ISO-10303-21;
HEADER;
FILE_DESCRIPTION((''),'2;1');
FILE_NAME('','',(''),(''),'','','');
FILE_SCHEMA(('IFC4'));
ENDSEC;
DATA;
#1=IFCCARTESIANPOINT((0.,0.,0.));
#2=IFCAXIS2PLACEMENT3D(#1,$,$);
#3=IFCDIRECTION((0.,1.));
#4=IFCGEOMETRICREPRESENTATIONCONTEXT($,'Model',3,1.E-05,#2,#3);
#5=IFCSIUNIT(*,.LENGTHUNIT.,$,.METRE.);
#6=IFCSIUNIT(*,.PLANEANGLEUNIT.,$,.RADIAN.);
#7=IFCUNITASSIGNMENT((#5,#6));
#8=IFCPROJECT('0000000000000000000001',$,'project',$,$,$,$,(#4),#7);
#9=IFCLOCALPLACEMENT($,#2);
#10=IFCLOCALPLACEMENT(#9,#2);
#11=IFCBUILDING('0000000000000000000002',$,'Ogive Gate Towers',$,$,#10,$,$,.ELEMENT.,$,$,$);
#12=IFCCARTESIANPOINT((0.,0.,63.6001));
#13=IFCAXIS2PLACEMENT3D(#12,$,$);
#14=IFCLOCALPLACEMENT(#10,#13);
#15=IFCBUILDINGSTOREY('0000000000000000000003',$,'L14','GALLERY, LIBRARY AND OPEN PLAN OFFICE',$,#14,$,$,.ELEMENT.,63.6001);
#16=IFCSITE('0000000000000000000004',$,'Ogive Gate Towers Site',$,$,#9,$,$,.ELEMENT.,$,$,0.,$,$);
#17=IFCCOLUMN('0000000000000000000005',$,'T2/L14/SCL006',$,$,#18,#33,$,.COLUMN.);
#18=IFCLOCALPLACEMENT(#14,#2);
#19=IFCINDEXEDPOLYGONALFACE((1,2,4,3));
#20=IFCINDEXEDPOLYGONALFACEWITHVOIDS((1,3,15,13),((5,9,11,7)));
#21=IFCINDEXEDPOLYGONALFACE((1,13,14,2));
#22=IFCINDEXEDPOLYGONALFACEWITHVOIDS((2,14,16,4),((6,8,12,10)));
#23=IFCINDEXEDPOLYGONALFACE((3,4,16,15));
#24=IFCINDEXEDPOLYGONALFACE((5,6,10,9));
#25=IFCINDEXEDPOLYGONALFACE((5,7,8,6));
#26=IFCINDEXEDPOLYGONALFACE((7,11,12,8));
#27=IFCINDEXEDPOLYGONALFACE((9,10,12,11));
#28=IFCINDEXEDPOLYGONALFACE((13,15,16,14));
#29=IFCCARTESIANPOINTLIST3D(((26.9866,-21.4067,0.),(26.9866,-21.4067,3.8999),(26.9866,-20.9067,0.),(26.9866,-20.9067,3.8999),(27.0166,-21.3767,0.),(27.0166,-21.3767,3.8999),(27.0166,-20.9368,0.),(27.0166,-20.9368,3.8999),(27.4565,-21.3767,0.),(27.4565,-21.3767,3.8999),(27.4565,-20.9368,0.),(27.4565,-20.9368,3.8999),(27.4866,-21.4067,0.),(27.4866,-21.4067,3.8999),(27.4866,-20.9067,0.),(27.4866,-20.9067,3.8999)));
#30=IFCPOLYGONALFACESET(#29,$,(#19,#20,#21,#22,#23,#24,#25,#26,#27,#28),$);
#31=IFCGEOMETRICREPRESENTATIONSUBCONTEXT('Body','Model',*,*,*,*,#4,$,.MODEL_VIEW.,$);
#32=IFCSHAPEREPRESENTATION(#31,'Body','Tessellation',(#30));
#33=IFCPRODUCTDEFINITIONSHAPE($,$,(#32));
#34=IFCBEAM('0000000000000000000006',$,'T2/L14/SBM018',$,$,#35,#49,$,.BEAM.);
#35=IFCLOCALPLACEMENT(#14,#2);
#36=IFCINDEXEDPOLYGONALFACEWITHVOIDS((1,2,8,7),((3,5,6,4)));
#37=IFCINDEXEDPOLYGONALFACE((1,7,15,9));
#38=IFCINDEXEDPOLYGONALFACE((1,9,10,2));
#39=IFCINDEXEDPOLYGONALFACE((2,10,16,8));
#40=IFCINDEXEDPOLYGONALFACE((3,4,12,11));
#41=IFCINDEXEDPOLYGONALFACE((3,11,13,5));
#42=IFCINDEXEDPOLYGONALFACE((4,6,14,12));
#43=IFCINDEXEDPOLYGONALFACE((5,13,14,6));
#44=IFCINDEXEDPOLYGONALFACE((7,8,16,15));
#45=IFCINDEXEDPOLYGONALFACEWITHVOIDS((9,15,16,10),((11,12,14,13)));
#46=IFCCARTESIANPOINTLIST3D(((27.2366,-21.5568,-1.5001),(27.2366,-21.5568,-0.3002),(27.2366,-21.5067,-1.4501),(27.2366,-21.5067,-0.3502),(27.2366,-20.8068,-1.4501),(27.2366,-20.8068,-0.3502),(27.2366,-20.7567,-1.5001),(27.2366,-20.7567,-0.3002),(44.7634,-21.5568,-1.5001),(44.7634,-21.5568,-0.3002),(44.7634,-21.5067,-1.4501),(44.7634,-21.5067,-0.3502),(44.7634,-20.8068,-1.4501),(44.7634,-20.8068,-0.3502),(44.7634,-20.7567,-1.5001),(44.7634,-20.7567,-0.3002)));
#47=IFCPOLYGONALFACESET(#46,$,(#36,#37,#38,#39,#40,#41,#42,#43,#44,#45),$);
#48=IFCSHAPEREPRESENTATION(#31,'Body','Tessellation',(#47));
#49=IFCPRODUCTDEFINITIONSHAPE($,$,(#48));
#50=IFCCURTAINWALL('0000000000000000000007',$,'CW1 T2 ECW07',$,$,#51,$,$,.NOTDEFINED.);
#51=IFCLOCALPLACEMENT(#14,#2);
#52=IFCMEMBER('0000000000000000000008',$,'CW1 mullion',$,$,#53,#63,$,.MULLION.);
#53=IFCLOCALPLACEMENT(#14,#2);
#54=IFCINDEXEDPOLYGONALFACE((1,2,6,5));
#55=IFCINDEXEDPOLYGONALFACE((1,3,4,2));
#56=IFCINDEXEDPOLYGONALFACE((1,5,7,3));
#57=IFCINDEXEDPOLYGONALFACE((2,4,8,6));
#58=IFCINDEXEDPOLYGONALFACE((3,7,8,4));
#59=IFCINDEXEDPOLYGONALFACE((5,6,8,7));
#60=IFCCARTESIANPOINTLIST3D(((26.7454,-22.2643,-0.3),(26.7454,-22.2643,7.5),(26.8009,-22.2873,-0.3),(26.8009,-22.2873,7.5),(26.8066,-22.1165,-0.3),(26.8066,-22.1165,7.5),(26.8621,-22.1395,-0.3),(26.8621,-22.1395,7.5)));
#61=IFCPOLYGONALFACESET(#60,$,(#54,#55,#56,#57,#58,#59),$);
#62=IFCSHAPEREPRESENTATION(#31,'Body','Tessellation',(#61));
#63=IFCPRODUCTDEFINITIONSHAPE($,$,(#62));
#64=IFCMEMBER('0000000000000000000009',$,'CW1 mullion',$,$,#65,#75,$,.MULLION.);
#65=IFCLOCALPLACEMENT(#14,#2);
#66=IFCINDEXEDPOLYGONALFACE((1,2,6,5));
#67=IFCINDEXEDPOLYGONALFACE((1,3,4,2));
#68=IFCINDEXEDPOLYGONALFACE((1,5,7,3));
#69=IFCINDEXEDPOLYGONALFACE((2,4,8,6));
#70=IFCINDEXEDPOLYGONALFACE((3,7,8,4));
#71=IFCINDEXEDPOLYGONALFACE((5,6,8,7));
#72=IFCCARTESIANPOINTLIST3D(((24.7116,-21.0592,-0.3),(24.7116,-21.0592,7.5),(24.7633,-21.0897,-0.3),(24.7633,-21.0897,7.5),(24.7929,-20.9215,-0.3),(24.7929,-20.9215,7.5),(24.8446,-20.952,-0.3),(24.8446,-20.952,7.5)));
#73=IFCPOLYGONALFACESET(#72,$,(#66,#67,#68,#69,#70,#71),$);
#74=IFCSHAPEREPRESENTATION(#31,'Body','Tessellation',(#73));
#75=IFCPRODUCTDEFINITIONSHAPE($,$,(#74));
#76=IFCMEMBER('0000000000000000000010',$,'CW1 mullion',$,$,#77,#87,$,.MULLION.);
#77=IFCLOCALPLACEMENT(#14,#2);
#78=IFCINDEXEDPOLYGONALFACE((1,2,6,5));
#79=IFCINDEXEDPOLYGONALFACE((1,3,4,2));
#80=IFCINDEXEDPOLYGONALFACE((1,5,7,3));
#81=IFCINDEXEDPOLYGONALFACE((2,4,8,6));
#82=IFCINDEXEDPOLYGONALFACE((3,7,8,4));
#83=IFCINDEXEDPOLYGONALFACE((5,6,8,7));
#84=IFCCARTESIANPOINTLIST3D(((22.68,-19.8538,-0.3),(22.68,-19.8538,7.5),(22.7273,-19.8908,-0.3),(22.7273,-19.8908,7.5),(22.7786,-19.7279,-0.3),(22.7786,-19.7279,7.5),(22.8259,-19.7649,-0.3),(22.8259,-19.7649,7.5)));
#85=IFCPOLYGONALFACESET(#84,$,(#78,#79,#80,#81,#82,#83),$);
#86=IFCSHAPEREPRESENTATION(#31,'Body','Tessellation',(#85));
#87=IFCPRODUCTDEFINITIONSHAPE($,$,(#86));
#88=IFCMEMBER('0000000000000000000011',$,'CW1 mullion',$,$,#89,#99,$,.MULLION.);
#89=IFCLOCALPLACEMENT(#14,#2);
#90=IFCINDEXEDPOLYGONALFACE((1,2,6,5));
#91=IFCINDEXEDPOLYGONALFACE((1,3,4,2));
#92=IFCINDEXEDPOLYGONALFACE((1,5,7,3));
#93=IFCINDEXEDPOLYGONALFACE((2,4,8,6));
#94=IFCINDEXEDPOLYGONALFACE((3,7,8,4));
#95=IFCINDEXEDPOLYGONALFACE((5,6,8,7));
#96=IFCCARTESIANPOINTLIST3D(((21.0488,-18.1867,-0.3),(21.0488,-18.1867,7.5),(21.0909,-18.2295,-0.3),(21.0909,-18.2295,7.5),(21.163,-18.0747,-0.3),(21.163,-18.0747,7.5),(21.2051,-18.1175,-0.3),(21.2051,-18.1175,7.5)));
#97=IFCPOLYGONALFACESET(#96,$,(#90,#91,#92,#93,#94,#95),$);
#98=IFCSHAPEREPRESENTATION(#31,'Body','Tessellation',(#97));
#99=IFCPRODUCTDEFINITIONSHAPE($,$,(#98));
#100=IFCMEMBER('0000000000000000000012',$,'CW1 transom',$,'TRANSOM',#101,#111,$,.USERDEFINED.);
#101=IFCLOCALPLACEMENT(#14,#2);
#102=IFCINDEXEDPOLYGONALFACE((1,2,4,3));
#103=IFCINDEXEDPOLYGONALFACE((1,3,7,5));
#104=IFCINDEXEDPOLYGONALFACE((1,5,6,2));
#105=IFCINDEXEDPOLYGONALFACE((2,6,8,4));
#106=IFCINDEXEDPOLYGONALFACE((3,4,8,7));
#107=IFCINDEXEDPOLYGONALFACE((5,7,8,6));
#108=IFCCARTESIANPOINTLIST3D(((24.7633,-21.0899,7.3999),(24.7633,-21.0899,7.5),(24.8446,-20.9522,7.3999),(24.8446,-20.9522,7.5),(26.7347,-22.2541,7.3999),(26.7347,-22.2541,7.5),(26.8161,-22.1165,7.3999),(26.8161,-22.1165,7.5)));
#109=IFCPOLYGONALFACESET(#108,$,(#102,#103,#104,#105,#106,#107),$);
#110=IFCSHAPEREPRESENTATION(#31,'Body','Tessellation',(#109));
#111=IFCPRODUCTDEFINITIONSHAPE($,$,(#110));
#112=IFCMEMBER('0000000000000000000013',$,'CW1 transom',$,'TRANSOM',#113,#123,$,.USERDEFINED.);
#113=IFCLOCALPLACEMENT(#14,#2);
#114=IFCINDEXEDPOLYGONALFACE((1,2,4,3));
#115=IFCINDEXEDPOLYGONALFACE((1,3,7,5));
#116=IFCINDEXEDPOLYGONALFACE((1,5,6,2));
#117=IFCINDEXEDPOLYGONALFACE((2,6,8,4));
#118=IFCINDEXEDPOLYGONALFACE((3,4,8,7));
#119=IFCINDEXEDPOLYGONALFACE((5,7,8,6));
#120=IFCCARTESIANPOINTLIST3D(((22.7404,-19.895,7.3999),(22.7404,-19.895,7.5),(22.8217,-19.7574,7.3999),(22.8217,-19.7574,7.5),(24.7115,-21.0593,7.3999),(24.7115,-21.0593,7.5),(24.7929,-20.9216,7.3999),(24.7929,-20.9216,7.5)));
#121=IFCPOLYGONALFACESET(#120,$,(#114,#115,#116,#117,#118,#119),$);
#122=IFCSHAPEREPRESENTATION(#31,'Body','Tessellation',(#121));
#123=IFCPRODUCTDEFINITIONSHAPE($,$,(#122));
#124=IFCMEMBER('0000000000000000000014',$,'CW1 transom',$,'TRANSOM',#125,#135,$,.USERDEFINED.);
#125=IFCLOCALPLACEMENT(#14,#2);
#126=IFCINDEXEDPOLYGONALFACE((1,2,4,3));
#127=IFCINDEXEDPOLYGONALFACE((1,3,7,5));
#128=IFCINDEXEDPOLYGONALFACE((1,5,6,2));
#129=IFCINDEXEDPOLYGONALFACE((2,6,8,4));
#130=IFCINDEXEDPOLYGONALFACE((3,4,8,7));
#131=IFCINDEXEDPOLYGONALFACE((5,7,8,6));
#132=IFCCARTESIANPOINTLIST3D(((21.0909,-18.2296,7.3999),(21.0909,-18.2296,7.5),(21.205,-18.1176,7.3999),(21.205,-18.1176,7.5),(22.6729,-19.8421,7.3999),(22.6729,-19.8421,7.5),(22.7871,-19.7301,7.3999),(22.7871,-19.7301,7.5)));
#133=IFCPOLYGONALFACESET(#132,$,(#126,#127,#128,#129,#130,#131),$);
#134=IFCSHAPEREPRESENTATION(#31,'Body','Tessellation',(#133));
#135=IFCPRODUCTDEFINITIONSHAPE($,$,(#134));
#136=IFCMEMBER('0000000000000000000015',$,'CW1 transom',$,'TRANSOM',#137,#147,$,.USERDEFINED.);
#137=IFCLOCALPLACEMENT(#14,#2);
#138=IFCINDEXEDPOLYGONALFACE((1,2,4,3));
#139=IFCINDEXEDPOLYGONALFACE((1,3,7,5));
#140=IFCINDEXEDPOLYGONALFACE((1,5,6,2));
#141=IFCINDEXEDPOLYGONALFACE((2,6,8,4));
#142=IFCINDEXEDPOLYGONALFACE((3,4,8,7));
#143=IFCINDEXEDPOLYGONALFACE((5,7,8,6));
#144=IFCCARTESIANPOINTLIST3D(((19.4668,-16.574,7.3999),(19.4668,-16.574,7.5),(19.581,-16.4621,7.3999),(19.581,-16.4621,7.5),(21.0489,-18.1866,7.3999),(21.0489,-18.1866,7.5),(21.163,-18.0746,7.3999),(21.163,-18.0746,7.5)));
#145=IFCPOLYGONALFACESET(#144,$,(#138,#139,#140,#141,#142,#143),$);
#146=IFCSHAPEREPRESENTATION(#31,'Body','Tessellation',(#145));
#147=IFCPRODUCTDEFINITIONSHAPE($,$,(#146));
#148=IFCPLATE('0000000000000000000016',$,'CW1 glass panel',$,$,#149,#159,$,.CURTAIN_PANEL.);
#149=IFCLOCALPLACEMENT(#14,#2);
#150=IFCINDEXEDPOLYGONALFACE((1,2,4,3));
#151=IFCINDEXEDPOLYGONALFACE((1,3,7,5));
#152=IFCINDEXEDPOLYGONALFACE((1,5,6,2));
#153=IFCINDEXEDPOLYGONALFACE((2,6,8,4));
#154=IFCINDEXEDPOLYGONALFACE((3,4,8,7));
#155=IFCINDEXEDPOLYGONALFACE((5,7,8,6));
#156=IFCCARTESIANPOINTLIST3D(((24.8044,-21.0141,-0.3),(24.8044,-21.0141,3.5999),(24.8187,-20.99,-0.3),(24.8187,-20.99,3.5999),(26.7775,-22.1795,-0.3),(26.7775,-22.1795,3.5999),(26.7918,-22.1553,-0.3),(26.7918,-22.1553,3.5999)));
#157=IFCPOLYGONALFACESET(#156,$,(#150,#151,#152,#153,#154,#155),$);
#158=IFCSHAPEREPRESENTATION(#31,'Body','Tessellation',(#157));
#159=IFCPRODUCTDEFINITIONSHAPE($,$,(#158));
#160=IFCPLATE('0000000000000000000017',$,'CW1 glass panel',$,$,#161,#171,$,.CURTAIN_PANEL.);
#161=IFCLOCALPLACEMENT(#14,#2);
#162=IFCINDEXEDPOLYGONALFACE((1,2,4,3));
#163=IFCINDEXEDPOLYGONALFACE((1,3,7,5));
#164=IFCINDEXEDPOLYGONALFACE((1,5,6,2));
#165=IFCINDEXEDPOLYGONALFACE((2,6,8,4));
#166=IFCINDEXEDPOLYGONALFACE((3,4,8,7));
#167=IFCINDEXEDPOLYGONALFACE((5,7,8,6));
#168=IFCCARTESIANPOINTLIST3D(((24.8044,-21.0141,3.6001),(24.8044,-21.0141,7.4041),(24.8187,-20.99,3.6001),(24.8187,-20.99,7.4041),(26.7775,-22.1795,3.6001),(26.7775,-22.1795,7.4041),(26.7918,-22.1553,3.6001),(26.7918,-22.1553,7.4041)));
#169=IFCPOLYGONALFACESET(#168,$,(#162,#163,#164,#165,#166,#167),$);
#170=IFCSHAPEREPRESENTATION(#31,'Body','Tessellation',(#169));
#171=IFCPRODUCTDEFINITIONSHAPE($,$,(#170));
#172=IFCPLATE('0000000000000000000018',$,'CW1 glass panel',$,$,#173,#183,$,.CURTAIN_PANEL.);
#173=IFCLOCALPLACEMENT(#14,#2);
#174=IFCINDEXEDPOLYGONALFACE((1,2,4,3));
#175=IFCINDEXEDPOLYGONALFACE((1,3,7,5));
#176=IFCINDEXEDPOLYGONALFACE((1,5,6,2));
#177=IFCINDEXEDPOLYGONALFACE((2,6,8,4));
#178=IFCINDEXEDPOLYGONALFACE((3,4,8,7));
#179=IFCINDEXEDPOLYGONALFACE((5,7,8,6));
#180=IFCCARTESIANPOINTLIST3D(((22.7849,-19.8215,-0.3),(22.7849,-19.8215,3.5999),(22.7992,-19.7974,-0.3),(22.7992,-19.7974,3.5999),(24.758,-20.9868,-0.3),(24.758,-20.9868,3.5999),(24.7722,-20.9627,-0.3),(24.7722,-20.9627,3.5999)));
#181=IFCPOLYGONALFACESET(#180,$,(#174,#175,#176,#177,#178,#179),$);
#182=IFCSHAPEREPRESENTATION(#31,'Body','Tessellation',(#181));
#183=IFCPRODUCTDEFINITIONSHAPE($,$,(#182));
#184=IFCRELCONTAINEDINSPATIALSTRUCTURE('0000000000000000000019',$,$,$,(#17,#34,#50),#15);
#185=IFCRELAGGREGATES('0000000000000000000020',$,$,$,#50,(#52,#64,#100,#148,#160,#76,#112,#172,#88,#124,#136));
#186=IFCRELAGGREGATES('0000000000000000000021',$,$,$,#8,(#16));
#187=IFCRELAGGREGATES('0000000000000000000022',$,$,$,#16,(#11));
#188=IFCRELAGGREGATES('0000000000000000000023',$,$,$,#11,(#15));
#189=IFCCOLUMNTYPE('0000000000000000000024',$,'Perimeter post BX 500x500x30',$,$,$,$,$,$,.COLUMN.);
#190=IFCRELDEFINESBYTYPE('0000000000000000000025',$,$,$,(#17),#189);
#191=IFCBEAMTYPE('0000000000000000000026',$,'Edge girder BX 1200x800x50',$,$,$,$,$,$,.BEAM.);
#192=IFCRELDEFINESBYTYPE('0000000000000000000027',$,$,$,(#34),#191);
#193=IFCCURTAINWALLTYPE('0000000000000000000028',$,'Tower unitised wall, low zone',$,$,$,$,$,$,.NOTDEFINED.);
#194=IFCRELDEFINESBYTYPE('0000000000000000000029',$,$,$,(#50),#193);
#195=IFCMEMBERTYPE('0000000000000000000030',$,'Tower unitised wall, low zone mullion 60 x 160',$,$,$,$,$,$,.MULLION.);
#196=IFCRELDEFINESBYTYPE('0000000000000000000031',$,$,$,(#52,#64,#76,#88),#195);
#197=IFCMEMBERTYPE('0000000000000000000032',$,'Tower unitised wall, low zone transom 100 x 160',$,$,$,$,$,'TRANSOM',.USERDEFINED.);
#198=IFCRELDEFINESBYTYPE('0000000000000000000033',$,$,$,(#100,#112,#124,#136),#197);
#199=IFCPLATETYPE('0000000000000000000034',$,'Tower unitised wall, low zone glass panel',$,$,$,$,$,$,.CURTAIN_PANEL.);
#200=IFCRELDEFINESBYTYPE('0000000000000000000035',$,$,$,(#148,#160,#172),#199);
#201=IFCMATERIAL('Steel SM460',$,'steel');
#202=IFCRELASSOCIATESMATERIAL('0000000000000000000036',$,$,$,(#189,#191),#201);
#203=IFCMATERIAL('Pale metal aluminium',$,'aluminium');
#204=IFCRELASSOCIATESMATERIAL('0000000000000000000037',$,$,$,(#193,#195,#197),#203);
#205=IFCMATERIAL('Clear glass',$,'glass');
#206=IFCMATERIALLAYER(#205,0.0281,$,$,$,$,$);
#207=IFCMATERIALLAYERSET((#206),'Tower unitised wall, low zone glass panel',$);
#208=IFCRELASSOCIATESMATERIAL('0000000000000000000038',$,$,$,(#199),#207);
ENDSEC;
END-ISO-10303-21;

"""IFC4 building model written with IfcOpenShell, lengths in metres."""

from ifc_helpers import new_model, si_unit, direction, frame, origin, origin_2d, place, context, subcontext, project, spatial, rectangle, hollow_rectangle, extrude, material, layer, layer_set, material_profile, profile_set, type_object, element, aggregate, save


model = new_model("IFC4")

# Units and contexts
model_context = context("Model", 3, precision=1e-05, world=origin(), true_north=direction((0.0, 1.0)))
body_context = subcontext(model_context, "Body", "Model", "MODEL_VIEW")
ifc_project = project(units=[si_unit("LENGTHUNIT", "METRE"), si_unit("PLANEANGLEUNIT", "RADIAN")], contexts=[model_context])

# Site, building, storey
site_placement = place(None, origin())
site = spatial("IfcSite", under=ifc_project, at=site_placement, Name="Ogive Gate Towers Site", CompositionType="ELEMENT", RefElevation=0.0)
building_placement = place(site_placement, origin())
building = spatial("IfcBuilding", under=site, at=building_placement, Name="Ogive Gate Towers", CompositionType="ELEMENT")
storey_placement = place(building_placement, frame((0.0, 0.0, 63.6001)))
storey = spatial("IfcBuildingStorey", under=building, at=storey_placement, Name="L14", Description="GALLERY, LIBRARY AND OPEN PLAN OFFICE", CompositionType="ELEMENT", Elevation=63.6001)

# Column
ifc_material_1 = material(Name="Steel SM460", Category="steel")
ifc_material_profile_1 = material_profile(ifc_material_1, hollow_rectangle(XDim=0.5, YDim=0.5, WallThickness=0.03, at=origin_2d()), Name="BX 500x500x30")
ifc_profile_set_1 = profile_set([ifc_material_profile_1], Name="Steel SM460")
column_type = type_object("IfcColumnType", Name="Perimeter post BX 500x500x30", PredefinedType="COLUMN", material=ifc_profile_set_1)
column_placement = place(storey_placement, frame((27.2366, -21.1567, 0.0), z_axis=(0.0, 0.0, 1.0), x_axis=(1.0, 0.0, 0.0)))
element("IfcColumn", 1, at=column_placement, inside=storey, type_object=column_type, Name="T2/L14/SCL006", PredefinedType="COLUMN", context=body_context, shape_type="SweptSolid", body=[
    extrude(hollow_rectangle(XDim=0.5, YDim=0.5, WallThickness=0.03, at=origin_2d()), origin(), (0.0, 0.0, 1.0), 3.8999),
])

# Beam
ifc_material_profile_2 = material_profile(ifc_material_1, hollow_rectangle(XDim=0.8, YDim=1.2, WallThickness=0.05, at=origin_2d()), Name="BX 1200x800x50")
ifc_profile_set_2 = profile_set([ifc_material_profile_2], Name="Steel SM460")
beam_type = type_object("IfcBeamType", Name="Edge girder BX 1200x800x50", PredefinedType="BEAM", material=ifc_profile_set_2)
beam_placement = place(storey_placement, frame((27.2366, -21.1567, -0.9001), z_axis=(1.0, 0.0, 0.0), x_axis=(0.0, 1.0, 0.0)))
element("IfcBeam", 2, at=beam_placement, inside=storey, type_object=beam_type, Name="T2/L14/SBM018", PredefinedType="BEAM", context=body_context, shape_type="SweptSolid", body=[
    extrude(hollow_rectangle(XDim=0.8, YDim=1.2, WallThickness=0.05, at=origin_2d()), origin(), (0.0, 0.0, 1.0), 17.5269),
])

# Curtain wall, members, plates
ifc_material_2 = material(Name="Pale metal aluminium", Category="aluminium")
curtain_wall_type = type_object("IfcCurtainWallType", Name="Tower unitised wall, low zone", PredefinedType="NOTDEFINED", material=ifc_material_2)
curtain_wall_placement = place(storey_placement, origin())
curtain_wall = element("IfcCurtainWall", 3, at=curtain_wall_placement, inside=storey, type_object=curtain_wall_type, Name="CW1 T2 ECW07", PredefinedType="NOTDEFINED")
ifc_material_profile_3 = material_profile(ifc_material_2, rectangle(XDim=0.1599, YDim=0.0601, at=origin_2d()), Name="60 x 160 aluminium box")
ifc_profile_set_3 = profile_set([ifc_material_profile_3], Name="Pale metal aluminium")
member_type_1 = type_object("IfcMemberType", Name="Tower unitised wall, low zone mullion 60 x 160", PredefinedType="MULLION", material=ifc_profile_set_3)
member_1_placement = place(storey_placement, frame((26.8037, -22.2019, -0.3), z_axis=(0.0, 0.0, 1.0), x_axis=(0.382683, 0.92388, 0.0)))
member_1 = element("IfcMember", 4, at=member_1_placement, type_object=member_type_1, Name="CW1 mullion", PredefinedType="MULLION", context=body_context, shape_type="SweptSolid", body=[
    extrude(rectangle(XDim=0.1599, YDim=0.0601, at=origin_2d()), origin(), (0.0, 0.0, 1.0), 7.8),
])
member_2_placement = place(storey_placement, frame((24.7781, -21.0056, -0.3), z_axis=(0.0, 0.0, 1.0), x_axis=(0.508546, 0.861035, 0.0)))
member_2 = element("IfcMember", 5, at=member_2_placement, type_object=member_type_1, Name="CW1 mullion", PredefinedType="MULLION", context=body_context, shape_type="SweptSolid", body=[
    extrude(rectangle(XDim=0.1599, YDim=0.0601, at=origin_2d()), origin(), (0.0, 0.0, 1.0), 7.8),
])
member_3_placement = place(storey_placement, frame((22.7529, -19.8093, -0.3), z_axis=(0.0, 0.0, 1.0), x_axis=(0.616459, 0.787387, 0.0)))
member_3 = element("IfcMember", 6, at=member_3_placement, type_object=member_type_1, Name="CW1 mullion", PredefinedType="MULLION", context=body_context, shape_type="SweptSolid", body=[
    extrude(rectangle(XDim=0.1599, YDim=0.0601, at=origin_2d()), origin(), (0.0, 0.0, 1.0), 7.8),
])
member_4_placement = place(storey_placement, frame((21.127, -18.1521, -0.3), z_axis=(0.0, 0.0, 1.0), x_axis=(0.71385, 0.700299, 0.0)))
member_4 = element("IfcMember", 7, at=member_4_placement, type_object=member_type_1, Name="CW1 mullion", PredefinedType="MULLION", context=body_context, shape_type="SweptSolid", body=[
    extrude(rectangle(XDim=0.1599, YDim=0.0601, at=origin_2d()), origin(), (0.0, 0.0, 1.0), 7.8),
])
ifc_material_profile_4 = material_profile(ifc_material_2, rectangle(XDim=0.1599, YDim=0.1001, at=origin_2d()), Name="100 x 160 aluminium box")
ifc_profile_set_4 = profile_set([ifc_material_profile_4], Name="Pale metal aluminium")
member_type_2 = type_object("IfcMemberType", Name="Tower unitised wall, low zone transom 100 x 160", ElementType="TRANSOM", PredefinedType="USERDEFINED", material=ifc_profile_set_4)
member_5_placement = place(storey_placement, frame((26.7754, -22.1853, 7.45), z_axis=(-0.861048, 0.508525, 0.0), x_axis=(-0.508525, -0.861048, 0.0)))
member_5 = element("IfcMember", 8, at=member_5_placement, type_object=member_type_2, Name="CW1 transom", ObjectType="TRANSOM", PredefinedType="USERDEFINED", context=body_context, shape_type="SweptSolid", body=[
    extrude(rectangle(XDim=0.1599, YDim=0.1001, at=origin_2d()), origin(), (0.0, 0.0, 1.0), 2.2896),
])
member_6_placement = place(storey_placement, frame((24.7522, -20.9905, 7.45), z_axis=(-0.86102, 0.508571, 0.0), x_axis=(-0.508571, -0.86102, 0.0)))
member_6 = element("IfcMember", 9, at=member_6_placement, type_object=member_type_2, Name="CW1 transom", ObjectType="TRANSOM", PredefinedType="USERDEFINED", context=body_context, shape_type="SweptSolid", body=[
    extrude(rectangle(XDim=0.1599, YDim=0.1001, at=origin_2d()), origin(), (0.0, 0.0, 1.0), 2.2893),
])
member_7_placement = place(storey_placement, frame((22.73, -19.7861, 7.45), z_axis=(-0.70032, 0.713829, 0.0), x_axis=(-0.713829, -0.70032, 0.0)))
member_7 = element("IfcMember", 10, at=member_7_placement, type_object=member_type_2, Name="CW1 transom", ObjectType="TRANSOM", PredefinedType="USERDEFINED", context=body_context, shape_type="SweptSolid", body=[
    extrude(rectangle(XDim=0.1599, YDim=0.1001, at=origin_2d()), origin(), (0.0, 0.0, 1.0), 2.259),
])
member_8_placement = place(storey_placement, frame((21.106, -18.1306, 7.45), z_axis=(-0.70032, 0.713829, 0.0), x_axis=(-0.713829, -0.70032, 0.0)))
member_8 = element("IfcMember", 11, at=member_8_placement, type_object=member_type_2, Name="CW1 transom", ObjectType="TRANSOM", PredefinedType="USERDEFINED", context=body_context, shape_type="SweptSolid", body=[
    extrude(rectangle(XDim=0.1599, YDim=0.1001, at=origin_2d()), origin(), (0.0, 0.0, 1.0), 2.259),
])
ifc_material_3 = material(Name="Clear glass", Category="glass")
ifc_layer_1 = layer(ifc_material_3, 0.0281)
ifc_layer_set_1 = layer_set([ifc_layer_1], Name="Tower unitised wall, low zone glass panel")
plate_type = type_object("IfcPlateType", Name="Tower unitised wall, low zone glass panel", PredefinedType="CURTAIN_PANEL", material=ifc_layer_set_1)
plate_1_placement = place(storey_placement, frame((25.7981, -21.5847, -0.3), z_axis=(0.0, 0.0, 1.0), x_axis=(-0.861035, 0.508546, 0.0)))
plate_1 = element("IfcPlate", 12, at=plate_1_placement, type_object=plate_type, Name="CW1 glass panel", PredefinedType="CURTAIN_PANEL", context=body_context, shape_type="SweptSolid", body=[
    extrude(rectangle(XDim=2.2915, YDim=0.0281, at=origin_2d()), origin(), (0.0, 0.0, 1.0), 3.8999),
])
plate_2_placement = place(storey_placement, frame((25.7981, -21.5847, 3.6001), z_axis=(0.0, 0.0, 1.0), x_axis=(-0.861035, 0.508546, 0.0)))
plate_2 = element("IfcPlate", 13, at=plate_2_placement, type_object=plate_type, Name="CW1 glass panel", PredefinedType="CURTAIN_PANEL", context=body_context, shape_type="SweptSolid", body=[
    extrude(rectangle(XDim=2.2915, YDim=0.0281, at=origin_2d()), origin(), (0.0, 0.0, 1.0), 3.804),
])
plate_3_placement = place(storey_placement, frame((23.7786, -20.3921, -0.3), z_axis=(0.0, 0.0, 1.0), x_axis=(-0.861044, 0.508531, 0.0)))
plate_3 = element("IfcPlate", 14, at=plate_3_placement, type_object=plate_type, Name="CW1 glass panel", PredefinedType="CURTAIN_PANEL", context=body_context, shape_type="SweptSolid", body=[
    extrude(rectangle(XDim=2.2915, YDim=0.0281, at=origin_2d()), origin(), (0.0, 0.0, 1.0), 3.8999),
])
aggregate(curtain_wall, [member_1, member_2, member_5, plate_1, plate_2, member_3, member_6, plate_3, member_4, member_7, member_8])

save(model, "model.ifc")
